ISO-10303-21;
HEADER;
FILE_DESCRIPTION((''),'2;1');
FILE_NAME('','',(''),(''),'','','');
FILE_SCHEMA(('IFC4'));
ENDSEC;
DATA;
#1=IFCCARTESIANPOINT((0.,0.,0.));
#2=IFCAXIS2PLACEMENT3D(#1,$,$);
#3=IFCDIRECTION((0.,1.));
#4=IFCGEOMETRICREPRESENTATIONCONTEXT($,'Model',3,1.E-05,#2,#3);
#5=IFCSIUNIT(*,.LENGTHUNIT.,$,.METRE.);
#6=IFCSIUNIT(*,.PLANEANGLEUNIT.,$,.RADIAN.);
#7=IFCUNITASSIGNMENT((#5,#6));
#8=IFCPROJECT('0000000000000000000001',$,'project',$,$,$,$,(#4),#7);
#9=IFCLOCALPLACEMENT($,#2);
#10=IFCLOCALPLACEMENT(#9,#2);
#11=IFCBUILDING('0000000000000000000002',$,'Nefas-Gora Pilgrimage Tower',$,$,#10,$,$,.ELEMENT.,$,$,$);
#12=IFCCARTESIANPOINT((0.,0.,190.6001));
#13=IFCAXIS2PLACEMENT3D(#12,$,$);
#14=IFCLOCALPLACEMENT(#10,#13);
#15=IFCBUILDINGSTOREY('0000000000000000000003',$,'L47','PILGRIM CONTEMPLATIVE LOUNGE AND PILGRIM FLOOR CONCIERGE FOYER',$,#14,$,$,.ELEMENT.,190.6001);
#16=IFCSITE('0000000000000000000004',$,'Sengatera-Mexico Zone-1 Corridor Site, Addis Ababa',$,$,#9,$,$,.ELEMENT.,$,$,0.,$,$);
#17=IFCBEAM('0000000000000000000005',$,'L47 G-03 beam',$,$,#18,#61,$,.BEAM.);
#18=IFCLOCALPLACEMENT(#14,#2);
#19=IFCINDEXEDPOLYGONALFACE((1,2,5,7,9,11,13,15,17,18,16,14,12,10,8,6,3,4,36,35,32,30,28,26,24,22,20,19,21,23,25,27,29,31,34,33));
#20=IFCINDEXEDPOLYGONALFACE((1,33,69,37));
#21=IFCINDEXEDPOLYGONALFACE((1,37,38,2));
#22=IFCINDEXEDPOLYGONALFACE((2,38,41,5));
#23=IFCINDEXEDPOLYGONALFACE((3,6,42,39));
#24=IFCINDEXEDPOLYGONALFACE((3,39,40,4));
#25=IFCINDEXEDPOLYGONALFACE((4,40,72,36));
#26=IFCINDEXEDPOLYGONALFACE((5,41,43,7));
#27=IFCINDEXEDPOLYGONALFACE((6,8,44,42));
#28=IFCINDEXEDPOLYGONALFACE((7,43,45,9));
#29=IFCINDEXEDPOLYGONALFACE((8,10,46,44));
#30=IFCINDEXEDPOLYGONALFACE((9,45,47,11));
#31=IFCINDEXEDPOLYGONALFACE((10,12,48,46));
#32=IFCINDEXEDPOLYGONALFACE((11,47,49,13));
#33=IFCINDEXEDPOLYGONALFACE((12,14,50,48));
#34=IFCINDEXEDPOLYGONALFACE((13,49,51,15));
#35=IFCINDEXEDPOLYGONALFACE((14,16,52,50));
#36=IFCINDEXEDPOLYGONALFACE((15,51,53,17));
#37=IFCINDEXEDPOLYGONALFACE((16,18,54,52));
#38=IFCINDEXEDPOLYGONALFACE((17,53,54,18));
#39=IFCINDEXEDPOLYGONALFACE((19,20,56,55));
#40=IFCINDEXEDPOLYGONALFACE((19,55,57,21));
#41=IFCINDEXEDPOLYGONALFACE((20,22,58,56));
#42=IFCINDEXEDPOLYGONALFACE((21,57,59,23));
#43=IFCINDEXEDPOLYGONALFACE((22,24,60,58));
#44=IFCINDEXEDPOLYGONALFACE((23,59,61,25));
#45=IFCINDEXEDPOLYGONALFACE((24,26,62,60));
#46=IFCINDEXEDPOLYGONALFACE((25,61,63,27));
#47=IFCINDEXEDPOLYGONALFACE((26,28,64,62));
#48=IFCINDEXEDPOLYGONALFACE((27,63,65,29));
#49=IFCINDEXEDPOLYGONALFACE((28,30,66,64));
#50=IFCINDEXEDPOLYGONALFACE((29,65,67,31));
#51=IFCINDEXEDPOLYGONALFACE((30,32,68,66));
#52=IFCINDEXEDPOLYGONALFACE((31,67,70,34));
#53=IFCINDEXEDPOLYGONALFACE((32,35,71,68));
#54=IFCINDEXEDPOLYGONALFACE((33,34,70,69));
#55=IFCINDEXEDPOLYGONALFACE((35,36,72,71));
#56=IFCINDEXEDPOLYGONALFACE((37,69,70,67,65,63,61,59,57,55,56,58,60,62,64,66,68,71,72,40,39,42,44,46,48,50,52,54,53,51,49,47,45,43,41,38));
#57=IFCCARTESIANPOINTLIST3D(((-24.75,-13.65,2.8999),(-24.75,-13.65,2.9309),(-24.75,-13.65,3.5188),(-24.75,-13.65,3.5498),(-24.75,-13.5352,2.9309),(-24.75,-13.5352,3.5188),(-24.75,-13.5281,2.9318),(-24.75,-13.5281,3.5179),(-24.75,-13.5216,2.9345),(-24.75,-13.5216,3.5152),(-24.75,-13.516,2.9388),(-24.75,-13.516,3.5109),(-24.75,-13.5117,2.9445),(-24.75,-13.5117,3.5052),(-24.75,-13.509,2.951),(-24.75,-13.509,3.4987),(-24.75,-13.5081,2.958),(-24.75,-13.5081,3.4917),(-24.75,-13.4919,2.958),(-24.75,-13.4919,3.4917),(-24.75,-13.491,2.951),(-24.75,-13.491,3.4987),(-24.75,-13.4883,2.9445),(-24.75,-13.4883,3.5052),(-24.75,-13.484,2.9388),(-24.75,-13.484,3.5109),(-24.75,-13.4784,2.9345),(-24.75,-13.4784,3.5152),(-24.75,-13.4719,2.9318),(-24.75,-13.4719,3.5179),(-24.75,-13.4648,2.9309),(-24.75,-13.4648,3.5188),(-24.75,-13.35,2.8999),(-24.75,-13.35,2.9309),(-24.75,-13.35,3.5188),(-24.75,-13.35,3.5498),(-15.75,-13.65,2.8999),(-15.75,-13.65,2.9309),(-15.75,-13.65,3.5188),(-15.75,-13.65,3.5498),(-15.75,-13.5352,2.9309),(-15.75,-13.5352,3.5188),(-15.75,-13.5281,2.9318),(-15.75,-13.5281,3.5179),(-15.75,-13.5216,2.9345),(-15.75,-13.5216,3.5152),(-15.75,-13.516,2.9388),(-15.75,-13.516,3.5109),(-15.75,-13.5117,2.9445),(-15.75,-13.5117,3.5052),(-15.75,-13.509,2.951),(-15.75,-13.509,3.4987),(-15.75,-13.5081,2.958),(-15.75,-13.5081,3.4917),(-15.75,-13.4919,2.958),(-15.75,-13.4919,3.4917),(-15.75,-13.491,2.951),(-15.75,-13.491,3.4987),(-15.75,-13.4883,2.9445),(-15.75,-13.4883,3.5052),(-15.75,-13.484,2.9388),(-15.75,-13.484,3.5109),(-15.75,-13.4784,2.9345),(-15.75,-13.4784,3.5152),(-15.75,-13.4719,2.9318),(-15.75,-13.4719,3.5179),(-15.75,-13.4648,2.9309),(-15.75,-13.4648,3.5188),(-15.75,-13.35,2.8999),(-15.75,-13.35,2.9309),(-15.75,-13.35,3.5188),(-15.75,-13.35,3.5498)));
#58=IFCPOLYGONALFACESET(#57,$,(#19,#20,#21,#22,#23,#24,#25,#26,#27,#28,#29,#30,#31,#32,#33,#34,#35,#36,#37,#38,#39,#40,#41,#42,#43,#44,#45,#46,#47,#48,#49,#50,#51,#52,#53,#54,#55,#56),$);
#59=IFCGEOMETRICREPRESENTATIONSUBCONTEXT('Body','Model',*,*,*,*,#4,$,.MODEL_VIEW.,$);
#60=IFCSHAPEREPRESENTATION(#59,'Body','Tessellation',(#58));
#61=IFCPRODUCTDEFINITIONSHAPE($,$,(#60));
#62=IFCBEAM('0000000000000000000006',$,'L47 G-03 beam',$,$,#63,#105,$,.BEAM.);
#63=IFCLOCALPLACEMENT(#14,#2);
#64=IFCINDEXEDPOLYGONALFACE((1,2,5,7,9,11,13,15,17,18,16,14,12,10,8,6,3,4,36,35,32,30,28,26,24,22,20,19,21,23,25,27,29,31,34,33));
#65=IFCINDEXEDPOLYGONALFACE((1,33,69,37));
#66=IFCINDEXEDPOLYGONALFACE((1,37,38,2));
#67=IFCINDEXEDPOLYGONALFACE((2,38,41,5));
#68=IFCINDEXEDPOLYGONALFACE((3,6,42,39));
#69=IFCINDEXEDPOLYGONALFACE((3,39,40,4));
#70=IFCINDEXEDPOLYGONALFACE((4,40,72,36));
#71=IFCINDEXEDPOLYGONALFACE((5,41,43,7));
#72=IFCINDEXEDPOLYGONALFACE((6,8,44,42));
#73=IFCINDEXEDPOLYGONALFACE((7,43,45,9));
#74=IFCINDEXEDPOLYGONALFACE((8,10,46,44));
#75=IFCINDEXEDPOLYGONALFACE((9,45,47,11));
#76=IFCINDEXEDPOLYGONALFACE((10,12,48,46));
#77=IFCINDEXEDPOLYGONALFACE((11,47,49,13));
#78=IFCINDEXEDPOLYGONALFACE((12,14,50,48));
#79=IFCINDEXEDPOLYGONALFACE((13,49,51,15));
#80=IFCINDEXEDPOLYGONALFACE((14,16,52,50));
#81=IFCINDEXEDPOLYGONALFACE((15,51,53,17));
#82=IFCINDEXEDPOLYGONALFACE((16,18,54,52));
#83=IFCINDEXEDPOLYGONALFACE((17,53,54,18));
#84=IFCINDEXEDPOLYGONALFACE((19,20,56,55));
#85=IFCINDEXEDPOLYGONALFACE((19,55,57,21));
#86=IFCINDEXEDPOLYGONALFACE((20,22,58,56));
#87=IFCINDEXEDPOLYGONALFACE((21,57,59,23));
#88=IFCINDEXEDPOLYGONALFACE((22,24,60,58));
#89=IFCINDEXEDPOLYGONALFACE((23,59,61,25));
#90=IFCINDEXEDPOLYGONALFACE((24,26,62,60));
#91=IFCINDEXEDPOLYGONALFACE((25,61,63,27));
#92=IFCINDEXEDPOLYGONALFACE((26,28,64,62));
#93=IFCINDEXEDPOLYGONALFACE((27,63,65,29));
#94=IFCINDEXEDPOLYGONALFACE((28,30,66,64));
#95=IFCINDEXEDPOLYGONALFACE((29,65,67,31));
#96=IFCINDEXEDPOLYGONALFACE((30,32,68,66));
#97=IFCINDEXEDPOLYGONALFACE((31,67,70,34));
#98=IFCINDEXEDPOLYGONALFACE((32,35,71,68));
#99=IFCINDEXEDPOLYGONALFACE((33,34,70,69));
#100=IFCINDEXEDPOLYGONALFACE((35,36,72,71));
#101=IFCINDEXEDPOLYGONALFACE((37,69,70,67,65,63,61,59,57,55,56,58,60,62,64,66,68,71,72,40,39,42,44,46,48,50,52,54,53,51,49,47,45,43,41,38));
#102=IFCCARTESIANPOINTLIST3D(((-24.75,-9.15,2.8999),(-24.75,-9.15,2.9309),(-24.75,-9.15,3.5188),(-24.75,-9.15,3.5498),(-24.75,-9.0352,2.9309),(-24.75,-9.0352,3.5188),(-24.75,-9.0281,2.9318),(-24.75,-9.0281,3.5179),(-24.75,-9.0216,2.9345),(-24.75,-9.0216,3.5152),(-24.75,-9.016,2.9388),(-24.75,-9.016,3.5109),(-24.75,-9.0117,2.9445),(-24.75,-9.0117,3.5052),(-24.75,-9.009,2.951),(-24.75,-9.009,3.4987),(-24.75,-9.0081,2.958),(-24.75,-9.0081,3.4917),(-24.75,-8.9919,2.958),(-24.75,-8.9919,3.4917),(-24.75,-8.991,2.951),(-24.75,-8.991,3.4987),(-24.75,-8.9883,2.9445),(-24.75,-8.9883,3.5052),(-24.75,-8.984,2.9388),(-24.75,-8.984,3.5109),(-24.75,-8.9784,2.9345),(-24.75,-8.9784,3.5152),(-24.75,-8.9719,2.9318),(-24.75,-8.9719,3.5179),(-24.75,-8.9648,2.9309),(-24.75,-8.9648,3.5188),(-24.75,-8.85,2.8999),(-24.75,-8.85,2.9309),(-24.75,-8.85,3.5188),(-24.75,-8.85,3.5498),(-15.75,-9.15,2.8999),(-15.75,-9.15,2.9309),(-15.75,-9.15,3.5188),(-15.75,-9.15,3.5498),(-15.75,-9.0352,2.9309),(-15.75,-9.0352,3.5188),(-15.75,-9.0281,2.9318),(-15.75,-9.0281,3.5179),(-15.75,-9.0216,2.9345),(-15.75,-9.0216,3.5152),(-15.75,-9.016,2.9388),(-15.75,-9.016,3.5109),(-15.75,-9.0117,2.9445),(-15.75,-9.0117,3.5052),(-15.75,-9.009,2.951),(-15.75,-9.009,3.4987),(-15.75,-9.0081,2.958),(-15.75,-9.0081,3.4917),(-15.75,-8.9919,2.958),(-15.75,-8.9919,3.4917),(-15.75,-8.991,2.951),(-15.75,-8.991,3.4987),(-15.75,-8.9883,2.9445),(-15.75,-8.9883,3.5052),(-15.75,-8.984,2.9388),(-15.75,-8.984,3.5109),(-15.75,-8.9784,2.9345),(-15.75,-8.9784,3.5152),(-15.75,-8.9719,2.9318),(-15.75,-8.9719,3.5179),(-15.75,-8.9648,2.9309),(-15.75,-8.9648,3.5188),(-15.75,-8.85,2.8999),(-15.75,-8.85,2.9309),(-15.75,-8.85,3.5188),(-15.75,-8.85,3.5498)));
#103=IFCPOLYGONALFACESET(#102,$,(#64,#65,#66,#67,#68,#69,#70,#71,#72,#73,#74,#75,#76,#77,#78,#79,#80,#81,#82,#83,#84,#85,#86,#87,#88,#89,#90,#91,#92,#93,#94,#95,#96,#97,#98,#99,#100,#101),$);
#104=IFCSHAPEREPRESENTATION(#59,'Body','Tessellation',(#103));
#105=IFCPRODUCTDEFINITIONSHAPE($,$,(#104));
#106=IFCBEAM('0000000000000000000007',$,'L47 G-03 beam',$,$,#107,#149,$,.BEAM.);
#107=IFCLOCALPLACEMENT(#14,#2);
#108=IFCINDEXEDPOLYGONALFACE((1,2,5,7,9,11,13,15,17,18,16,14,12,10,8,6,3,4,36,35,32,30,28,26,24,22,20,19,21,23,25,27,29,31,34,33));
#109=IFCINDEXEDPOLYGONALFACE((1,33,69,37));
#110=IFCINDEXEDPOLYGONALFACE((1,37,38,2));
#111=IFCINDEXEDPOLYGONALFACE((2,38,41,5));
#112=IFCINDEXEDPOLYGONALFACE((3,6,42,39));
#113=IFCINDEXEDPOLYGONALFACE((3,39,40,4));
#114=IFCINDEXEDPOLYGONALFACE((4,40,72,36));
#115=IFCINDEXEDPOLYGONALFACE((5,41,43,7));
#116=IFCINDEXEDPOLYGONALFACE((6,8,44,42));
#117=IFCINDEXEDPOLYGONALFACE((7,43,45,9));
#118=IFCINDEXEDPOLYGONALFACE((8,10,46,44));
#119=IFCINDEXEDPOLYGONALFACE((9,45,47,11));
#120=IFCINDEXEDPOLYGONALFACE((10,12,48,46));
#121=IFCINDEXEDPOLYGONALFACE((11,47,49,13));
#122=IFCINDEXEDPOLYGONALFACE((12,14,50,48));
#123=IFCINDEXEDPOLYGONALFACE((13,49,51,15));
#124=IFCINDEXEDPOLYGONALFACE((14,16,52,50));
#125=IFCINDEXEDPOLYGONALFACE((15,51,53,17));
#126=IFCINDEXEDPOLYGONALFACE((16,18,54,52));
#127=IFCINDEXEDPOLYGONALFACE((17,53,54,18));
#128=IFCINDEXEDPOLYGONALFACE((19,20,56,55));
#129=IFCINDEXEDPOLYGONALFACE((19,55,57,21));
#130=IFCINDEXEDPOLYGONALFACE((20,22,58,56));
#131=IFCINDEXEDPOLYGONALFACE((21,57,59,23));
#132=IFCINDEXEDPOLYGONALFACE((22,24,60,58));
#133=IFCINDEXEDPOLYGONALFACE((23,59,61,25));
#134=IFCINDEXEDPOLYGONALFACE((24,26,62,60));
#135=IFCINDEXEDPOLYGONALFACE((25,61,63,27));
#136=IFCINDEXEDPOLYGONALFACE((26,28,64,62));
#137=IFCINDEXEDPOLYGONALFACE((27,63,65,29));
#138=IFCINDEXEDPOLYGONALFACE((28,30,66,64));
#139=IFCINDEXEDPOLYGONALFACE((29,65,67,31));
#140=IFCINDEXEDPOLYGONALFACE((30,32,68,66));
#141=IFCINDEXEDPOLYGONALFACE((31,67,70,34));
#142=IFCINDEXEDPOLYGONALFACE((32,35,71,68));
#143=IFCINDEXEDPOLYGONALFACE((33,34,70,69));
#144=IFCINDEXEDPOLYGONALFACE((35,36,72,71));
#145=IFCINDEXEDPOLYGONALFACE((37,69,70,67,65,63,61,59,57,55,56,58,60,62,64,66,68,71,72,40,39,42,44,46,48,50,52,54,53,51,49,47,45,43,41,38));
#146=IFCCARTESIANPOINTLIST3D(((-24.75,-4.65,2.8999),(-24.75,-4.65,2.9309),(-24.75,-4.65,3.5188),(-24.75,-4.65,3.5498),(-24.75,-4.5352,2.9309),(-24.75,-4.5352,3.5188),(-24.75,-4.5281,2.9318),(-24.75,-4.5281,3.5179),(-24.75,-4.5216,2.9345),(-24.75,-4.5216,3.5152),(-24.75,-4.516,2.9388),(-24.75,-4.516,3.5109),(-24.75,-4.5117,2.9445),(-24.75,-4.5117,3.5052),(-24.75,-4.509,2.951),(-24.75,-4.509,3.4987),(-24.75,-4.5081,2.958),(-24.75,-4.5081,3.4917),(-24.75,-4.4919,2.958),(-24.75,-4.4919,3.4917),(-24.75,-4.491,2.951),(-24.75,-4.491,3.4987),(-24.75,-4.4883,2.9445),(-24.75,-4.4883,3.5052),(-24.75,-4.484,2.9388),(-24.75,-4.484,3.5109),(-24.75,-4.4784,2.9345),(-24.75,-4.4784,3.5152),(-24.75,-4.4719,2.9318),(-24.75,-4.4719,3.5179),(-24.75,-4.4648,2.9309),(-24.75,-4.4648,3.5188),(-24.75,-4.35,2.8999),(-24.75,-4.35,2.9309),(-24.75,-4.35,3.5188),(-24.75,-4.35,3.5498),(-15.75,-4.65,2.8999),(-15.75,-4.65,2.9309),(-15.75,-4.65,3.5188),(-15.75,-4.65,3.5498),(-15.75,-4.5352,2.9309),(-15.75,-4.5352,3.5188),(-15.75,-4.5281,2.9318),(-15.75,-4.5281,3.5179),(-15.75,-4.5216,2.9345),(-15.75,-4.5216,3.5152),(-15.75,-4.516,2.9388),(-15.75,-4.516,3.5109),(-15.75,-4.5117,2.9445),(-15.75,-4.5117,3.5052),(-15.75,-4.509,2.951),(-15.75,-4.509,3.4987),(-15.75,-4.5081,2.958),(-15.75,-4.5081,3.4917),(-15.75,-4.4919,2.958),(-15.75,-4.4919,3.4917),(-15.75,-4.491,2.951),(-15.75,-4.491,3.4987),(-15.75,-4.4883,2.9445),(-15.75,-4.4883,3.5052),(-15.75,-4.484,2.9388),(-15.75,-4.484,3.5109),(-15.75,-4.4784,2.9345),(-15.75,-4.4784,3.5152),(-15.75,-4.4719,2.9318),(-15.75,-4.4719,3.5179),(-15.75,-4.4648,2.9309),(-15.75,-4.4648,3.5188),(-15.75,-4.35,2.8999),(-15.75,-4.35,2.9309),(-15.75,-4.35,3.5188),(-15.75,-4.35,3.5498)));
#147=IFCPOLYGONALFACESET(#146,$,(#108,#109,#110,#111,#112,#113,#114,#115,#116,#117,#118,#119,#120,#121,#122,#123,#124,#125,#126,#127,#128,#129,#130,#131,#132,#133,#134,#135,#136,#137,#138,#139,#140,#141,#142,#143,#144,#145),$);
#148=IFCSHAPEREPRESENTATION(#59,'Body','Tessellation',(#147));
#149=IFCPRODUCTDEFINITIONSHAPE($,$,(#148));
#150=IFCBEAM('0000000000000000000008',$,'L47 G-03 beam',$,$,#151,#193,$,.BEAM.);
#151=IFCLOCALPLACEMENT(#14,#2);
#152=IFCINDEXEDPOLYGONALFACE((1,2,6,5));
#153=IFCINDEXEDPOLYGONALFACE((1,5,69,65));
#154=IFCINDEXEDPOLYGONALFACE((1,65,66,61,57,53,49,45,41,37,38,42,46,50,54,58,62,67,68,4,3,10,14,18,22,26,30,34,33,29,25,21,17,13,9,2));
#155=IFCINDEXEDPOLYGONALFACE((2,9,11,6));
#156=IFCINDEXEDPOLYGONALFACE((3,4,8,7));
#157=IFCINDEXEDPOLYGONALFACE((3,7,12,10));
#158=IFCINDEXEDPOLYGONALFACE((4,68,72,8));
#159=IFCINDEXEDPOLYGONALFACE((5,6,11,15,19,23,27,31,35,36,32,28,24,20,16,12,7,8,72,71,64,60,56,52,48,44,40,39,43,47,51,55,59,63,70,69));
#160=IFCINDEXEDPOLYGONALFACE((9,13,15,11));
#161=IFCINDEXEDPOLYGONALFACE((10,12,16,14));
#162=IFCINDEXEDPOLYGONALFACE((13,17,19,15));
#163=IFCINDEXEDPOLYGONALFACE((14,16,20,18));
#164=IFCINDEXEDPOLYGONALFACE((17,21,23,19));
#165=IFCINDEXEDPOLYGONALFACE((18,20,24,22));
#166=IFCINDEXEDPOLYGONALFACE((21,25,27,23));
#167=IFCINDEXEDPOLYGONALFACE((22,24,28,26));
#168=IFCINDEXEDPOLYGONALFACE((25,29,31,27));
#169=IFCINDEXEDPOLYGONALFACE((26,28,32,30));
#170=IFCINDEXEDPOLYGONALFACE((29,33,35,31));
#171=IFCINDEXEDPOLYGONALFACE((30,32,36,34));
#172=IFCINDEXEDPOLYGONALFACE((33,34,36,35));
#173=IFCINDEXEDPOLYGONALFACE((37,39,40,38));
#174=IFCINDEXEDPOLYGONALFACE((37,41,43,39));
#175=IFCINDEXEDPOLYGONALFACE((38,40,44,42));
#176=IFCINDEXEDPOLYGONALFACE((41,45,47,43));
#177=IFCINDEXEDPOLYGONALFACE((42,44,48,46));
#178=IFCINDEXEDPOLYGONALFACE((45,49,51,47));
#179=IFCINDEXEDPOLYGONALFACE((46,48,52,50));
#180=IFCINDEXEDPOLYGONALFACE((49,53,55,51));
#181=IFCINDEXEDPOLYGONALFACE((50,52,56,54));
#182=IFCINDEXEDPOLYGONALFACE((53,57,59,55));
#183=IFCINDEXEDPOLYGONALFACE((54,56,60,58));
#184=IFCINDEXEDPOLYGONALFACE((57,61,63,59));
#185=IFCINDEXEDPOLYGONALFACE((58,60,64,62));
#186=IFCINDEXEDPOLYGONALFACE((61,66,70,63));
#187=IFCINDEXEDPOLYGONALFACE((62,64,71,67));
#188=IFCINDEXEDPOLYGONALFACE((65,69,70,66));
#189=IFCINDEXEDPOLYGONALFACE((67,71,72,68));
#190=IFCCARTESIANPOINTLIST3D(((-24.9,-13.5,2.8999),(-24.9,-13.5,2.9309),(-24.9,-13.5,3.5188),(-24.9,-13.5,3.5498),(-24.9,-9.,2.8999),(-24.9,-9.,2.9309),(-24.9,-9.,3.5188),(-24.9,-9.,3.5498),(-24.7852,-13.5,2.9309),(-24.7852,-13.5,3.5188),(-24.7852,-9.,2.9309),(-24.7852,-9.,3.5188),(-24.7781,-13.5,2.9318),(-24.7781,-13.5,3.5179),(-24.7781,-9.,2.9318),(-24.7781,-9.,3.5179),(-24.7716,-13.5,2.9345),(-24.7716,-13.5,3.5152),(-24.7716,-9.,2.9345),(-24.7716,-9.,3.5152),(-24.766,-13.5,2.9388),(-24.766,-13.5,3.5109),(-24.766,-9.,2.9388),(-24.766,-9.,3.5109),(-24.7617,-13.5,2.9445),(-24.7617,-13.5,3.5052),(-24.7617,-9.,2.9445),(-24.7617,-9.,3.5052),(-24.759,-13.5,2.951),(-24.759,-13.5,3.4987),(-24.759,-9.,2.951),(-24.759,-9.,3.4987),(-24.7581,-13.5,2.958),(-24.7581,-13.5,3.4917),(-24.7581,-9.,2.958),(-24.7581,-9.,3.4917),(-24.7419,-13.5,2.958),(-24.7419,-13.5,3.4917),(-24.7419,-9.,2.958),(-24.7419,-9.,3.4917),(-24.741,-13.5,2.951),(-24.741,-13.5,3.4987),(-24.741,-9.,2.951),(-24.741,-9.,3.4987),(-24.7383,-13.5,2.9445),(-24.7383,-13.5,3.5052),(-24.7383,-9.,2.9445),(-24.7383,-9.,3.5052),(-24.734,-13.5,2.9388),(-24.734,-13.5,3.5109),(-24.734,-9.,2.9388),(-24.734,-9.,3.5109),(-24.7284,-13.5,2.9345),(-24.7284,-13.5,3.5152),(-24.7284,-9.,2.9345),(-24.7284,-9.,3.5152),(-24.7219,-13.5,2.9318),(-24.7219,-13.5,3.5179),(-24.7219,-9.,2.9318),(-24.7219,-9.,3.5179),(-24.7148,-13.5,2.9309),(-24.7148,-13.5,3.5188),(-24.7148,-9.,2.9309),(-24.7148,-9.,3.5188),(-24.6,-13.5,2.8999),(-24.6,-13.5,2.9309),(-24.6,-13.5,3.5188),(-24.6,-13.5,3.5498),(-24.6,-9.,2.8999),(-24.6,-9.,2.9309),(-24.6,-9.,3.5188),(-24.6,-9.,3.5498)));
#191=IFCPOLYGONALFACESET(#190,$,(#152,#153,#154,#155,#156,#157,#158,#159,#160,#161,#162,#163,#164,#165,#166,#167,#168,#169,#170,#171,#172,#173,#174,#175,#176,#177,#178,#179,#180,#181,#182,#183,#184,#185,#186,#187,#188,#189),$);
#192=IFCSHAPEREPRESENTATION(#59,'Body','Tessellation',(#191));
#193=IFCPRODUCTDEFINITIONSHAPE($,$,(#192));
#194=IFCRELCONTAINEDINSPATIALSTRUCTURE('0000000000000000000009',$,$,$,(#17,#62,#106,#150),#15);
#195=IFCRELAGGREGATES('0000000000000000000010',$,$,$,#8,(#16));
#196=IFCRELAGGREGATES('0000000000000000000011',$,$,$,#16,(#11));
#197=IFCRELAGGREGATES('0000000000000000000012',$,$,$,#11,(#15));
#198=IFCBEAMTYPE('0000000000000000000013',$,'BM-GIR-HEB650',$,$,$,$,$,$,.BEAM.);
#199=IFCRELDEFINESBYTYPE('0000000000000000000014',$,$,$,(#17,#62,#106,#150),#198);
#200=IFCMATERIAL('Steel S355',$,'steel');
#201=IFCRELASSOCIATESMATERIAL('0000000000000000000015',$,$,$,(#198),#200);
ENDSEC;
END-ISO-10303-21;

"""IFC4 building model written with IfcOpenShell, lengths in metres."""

from ifc_helpers import new_model, si_unit, direction, frame, origin, origin_2d, place, context, subcontext, project, spatial, i_section, extrude, source, transform, mapped, material, material_profile, profile_set, type_object, element, save


model = new_model("IFC4")

# Units and contexts
model_context = context("Model", 3, precision=1e-05, world=origin(), true_north=direction((0.0, 1.0)))
body_context = subcontext(model_context, "Body", "Model", "MODEL_VIEW")
ifc_project = project(units=[si_unit("LENGTHUNIT", "METRE"), si_unit("PLANEANGLEUNIT", "RADIAN")], contexts=[model_context])

# Site, building, storey
site_placement = place(None, origin())
site = spatial("IfcSite", under=ifc_project, at=site_placement, Name="Sengatera-Mexico Zone-1 Corridor Site, Addis Ababa", CompositionType="ELEMENT", RefElevation=0.0)
building_placement = place(site_placement, origin())
building = spatial("IfcBuilding", under=site, at=building_placement, Name="Nefas-Gora Pilgrimage Tower", CompositionType="ELEMENT")
storey_placement = place(building_placement, frame((0.0, 0.0, 190.6001)))
storey = spatial("IfcBuildingStorey", under=building, at=storey_placement, Name="L47", Description="PILGRIM CONTEMPLATIVE LOUNGE AND PILGRIM FLOOR CONCIERGE FOYER", CompositionType="ELEMENT", Elevation=190.6001)

# Beams
ifc_material_1 = material(Name="Steel S355", Category="steel")
ifc_material_profile_1 = material_profile(ifc_material_1, i_section(OverallWidth=0.3, OverallDepth=0.6499, WebThickness=0.0161, FlangeThickness=0.031, FilletRadius=0.0271, at=origin_2d()), Name="HEB 650")
ifc_profile_set_1 = profile_set([ifc_material_profile_1], Name="Steel S355")
beam_type_1 = type_object("IfcBeamType", Name="BM-GIR-HEB650", PredefinedType="BEAM", material=ifc_profile_set_1)
shared_shape_1 = source(origin(), body_context, "Body", "SweptSolid", [
    extrude(i_section(OverallWidth=0.3, OverallDepth=0.6499, WebThickness=0.0161, FlangeThickness=0.031, FilletRadius=0.0271, at=origin_2d()), origin(), (0.0, 0.0, 1.0), 9.0),
])
for number, where, z_axis, x_axis, name in (
    (1, (-24.75, -13.5, 3.2249), (1.0, 0.0, 0.0), (0.0, 1.0, 0.0), "L47 G-03 beam"),
    (2, (-24.75, -9.0, 3.2249), (1.0, 0.0, 0.0), (0.0, 1.0, 0.0), "L47 G-03 beam"),
    (3, (-24.75, -4.5, 3.2249), (1.0, 0.0, 0.0), (0.0, 1.0, 0.0), "L47 G-03 beam"),
):
    element("IfcBeam", number, at=place(storey_placement, frame(where, z_axis=z_axis, x_axis=x_axis)), inside=storey, type_object=beam_type_1, Name=name, PredefinedType="BEAM", context=body_context, shape_type="MappedRepresentation", body=[
        mapped(shared_shape_1, transform((0.0, 0.0, 0.0), x_axis=(1.0, 0.0, 0.0), y_axis=(0.0, 1.0, 0.0), z_axis=(0.0, 0.0, 1.0), scale=1.0)),
    ])
shared_shape_2 = source(origin(), body_context, "Body", "SweptSolid", [
    extrude(i_section(OverallWidth=0.3, OverallDepth=0.6499, WebThickness=0.0161, FlangeThickness=0.031, FilletRadius=0.0271, at=origin_2d()), origin(), (0.0, 0.0, 1.0), 4.5),
])
for number, where, z_axis, x_axis, name in (
    (4, (-24.75, -13.5, 3.2249), (0.0, 1.0, 0.0), (-1.0, 0.0, 0.0), "L47 G-03 beam"),
):
    element("IfcBeam", number, at=place(storey_placement, frame(where, z_axis=z_axis, x_axis=x_axis)), inside=storey, type_object=beam_type_1, Name=name, PredefinedType="BEAM", context=body_context, shape_type="MappedRepresentation", body=[
        mapped(shared_shape_2, transform((0.0, 0.0, 0.0), x_axis=(1.0, 0.0, 0.0), y_axis=(0.0, 1.0, 0.0), z_axis=(0.0, 0.0, 1.0), scale=1.0)),
    ])

save(model, "model.ifc")
